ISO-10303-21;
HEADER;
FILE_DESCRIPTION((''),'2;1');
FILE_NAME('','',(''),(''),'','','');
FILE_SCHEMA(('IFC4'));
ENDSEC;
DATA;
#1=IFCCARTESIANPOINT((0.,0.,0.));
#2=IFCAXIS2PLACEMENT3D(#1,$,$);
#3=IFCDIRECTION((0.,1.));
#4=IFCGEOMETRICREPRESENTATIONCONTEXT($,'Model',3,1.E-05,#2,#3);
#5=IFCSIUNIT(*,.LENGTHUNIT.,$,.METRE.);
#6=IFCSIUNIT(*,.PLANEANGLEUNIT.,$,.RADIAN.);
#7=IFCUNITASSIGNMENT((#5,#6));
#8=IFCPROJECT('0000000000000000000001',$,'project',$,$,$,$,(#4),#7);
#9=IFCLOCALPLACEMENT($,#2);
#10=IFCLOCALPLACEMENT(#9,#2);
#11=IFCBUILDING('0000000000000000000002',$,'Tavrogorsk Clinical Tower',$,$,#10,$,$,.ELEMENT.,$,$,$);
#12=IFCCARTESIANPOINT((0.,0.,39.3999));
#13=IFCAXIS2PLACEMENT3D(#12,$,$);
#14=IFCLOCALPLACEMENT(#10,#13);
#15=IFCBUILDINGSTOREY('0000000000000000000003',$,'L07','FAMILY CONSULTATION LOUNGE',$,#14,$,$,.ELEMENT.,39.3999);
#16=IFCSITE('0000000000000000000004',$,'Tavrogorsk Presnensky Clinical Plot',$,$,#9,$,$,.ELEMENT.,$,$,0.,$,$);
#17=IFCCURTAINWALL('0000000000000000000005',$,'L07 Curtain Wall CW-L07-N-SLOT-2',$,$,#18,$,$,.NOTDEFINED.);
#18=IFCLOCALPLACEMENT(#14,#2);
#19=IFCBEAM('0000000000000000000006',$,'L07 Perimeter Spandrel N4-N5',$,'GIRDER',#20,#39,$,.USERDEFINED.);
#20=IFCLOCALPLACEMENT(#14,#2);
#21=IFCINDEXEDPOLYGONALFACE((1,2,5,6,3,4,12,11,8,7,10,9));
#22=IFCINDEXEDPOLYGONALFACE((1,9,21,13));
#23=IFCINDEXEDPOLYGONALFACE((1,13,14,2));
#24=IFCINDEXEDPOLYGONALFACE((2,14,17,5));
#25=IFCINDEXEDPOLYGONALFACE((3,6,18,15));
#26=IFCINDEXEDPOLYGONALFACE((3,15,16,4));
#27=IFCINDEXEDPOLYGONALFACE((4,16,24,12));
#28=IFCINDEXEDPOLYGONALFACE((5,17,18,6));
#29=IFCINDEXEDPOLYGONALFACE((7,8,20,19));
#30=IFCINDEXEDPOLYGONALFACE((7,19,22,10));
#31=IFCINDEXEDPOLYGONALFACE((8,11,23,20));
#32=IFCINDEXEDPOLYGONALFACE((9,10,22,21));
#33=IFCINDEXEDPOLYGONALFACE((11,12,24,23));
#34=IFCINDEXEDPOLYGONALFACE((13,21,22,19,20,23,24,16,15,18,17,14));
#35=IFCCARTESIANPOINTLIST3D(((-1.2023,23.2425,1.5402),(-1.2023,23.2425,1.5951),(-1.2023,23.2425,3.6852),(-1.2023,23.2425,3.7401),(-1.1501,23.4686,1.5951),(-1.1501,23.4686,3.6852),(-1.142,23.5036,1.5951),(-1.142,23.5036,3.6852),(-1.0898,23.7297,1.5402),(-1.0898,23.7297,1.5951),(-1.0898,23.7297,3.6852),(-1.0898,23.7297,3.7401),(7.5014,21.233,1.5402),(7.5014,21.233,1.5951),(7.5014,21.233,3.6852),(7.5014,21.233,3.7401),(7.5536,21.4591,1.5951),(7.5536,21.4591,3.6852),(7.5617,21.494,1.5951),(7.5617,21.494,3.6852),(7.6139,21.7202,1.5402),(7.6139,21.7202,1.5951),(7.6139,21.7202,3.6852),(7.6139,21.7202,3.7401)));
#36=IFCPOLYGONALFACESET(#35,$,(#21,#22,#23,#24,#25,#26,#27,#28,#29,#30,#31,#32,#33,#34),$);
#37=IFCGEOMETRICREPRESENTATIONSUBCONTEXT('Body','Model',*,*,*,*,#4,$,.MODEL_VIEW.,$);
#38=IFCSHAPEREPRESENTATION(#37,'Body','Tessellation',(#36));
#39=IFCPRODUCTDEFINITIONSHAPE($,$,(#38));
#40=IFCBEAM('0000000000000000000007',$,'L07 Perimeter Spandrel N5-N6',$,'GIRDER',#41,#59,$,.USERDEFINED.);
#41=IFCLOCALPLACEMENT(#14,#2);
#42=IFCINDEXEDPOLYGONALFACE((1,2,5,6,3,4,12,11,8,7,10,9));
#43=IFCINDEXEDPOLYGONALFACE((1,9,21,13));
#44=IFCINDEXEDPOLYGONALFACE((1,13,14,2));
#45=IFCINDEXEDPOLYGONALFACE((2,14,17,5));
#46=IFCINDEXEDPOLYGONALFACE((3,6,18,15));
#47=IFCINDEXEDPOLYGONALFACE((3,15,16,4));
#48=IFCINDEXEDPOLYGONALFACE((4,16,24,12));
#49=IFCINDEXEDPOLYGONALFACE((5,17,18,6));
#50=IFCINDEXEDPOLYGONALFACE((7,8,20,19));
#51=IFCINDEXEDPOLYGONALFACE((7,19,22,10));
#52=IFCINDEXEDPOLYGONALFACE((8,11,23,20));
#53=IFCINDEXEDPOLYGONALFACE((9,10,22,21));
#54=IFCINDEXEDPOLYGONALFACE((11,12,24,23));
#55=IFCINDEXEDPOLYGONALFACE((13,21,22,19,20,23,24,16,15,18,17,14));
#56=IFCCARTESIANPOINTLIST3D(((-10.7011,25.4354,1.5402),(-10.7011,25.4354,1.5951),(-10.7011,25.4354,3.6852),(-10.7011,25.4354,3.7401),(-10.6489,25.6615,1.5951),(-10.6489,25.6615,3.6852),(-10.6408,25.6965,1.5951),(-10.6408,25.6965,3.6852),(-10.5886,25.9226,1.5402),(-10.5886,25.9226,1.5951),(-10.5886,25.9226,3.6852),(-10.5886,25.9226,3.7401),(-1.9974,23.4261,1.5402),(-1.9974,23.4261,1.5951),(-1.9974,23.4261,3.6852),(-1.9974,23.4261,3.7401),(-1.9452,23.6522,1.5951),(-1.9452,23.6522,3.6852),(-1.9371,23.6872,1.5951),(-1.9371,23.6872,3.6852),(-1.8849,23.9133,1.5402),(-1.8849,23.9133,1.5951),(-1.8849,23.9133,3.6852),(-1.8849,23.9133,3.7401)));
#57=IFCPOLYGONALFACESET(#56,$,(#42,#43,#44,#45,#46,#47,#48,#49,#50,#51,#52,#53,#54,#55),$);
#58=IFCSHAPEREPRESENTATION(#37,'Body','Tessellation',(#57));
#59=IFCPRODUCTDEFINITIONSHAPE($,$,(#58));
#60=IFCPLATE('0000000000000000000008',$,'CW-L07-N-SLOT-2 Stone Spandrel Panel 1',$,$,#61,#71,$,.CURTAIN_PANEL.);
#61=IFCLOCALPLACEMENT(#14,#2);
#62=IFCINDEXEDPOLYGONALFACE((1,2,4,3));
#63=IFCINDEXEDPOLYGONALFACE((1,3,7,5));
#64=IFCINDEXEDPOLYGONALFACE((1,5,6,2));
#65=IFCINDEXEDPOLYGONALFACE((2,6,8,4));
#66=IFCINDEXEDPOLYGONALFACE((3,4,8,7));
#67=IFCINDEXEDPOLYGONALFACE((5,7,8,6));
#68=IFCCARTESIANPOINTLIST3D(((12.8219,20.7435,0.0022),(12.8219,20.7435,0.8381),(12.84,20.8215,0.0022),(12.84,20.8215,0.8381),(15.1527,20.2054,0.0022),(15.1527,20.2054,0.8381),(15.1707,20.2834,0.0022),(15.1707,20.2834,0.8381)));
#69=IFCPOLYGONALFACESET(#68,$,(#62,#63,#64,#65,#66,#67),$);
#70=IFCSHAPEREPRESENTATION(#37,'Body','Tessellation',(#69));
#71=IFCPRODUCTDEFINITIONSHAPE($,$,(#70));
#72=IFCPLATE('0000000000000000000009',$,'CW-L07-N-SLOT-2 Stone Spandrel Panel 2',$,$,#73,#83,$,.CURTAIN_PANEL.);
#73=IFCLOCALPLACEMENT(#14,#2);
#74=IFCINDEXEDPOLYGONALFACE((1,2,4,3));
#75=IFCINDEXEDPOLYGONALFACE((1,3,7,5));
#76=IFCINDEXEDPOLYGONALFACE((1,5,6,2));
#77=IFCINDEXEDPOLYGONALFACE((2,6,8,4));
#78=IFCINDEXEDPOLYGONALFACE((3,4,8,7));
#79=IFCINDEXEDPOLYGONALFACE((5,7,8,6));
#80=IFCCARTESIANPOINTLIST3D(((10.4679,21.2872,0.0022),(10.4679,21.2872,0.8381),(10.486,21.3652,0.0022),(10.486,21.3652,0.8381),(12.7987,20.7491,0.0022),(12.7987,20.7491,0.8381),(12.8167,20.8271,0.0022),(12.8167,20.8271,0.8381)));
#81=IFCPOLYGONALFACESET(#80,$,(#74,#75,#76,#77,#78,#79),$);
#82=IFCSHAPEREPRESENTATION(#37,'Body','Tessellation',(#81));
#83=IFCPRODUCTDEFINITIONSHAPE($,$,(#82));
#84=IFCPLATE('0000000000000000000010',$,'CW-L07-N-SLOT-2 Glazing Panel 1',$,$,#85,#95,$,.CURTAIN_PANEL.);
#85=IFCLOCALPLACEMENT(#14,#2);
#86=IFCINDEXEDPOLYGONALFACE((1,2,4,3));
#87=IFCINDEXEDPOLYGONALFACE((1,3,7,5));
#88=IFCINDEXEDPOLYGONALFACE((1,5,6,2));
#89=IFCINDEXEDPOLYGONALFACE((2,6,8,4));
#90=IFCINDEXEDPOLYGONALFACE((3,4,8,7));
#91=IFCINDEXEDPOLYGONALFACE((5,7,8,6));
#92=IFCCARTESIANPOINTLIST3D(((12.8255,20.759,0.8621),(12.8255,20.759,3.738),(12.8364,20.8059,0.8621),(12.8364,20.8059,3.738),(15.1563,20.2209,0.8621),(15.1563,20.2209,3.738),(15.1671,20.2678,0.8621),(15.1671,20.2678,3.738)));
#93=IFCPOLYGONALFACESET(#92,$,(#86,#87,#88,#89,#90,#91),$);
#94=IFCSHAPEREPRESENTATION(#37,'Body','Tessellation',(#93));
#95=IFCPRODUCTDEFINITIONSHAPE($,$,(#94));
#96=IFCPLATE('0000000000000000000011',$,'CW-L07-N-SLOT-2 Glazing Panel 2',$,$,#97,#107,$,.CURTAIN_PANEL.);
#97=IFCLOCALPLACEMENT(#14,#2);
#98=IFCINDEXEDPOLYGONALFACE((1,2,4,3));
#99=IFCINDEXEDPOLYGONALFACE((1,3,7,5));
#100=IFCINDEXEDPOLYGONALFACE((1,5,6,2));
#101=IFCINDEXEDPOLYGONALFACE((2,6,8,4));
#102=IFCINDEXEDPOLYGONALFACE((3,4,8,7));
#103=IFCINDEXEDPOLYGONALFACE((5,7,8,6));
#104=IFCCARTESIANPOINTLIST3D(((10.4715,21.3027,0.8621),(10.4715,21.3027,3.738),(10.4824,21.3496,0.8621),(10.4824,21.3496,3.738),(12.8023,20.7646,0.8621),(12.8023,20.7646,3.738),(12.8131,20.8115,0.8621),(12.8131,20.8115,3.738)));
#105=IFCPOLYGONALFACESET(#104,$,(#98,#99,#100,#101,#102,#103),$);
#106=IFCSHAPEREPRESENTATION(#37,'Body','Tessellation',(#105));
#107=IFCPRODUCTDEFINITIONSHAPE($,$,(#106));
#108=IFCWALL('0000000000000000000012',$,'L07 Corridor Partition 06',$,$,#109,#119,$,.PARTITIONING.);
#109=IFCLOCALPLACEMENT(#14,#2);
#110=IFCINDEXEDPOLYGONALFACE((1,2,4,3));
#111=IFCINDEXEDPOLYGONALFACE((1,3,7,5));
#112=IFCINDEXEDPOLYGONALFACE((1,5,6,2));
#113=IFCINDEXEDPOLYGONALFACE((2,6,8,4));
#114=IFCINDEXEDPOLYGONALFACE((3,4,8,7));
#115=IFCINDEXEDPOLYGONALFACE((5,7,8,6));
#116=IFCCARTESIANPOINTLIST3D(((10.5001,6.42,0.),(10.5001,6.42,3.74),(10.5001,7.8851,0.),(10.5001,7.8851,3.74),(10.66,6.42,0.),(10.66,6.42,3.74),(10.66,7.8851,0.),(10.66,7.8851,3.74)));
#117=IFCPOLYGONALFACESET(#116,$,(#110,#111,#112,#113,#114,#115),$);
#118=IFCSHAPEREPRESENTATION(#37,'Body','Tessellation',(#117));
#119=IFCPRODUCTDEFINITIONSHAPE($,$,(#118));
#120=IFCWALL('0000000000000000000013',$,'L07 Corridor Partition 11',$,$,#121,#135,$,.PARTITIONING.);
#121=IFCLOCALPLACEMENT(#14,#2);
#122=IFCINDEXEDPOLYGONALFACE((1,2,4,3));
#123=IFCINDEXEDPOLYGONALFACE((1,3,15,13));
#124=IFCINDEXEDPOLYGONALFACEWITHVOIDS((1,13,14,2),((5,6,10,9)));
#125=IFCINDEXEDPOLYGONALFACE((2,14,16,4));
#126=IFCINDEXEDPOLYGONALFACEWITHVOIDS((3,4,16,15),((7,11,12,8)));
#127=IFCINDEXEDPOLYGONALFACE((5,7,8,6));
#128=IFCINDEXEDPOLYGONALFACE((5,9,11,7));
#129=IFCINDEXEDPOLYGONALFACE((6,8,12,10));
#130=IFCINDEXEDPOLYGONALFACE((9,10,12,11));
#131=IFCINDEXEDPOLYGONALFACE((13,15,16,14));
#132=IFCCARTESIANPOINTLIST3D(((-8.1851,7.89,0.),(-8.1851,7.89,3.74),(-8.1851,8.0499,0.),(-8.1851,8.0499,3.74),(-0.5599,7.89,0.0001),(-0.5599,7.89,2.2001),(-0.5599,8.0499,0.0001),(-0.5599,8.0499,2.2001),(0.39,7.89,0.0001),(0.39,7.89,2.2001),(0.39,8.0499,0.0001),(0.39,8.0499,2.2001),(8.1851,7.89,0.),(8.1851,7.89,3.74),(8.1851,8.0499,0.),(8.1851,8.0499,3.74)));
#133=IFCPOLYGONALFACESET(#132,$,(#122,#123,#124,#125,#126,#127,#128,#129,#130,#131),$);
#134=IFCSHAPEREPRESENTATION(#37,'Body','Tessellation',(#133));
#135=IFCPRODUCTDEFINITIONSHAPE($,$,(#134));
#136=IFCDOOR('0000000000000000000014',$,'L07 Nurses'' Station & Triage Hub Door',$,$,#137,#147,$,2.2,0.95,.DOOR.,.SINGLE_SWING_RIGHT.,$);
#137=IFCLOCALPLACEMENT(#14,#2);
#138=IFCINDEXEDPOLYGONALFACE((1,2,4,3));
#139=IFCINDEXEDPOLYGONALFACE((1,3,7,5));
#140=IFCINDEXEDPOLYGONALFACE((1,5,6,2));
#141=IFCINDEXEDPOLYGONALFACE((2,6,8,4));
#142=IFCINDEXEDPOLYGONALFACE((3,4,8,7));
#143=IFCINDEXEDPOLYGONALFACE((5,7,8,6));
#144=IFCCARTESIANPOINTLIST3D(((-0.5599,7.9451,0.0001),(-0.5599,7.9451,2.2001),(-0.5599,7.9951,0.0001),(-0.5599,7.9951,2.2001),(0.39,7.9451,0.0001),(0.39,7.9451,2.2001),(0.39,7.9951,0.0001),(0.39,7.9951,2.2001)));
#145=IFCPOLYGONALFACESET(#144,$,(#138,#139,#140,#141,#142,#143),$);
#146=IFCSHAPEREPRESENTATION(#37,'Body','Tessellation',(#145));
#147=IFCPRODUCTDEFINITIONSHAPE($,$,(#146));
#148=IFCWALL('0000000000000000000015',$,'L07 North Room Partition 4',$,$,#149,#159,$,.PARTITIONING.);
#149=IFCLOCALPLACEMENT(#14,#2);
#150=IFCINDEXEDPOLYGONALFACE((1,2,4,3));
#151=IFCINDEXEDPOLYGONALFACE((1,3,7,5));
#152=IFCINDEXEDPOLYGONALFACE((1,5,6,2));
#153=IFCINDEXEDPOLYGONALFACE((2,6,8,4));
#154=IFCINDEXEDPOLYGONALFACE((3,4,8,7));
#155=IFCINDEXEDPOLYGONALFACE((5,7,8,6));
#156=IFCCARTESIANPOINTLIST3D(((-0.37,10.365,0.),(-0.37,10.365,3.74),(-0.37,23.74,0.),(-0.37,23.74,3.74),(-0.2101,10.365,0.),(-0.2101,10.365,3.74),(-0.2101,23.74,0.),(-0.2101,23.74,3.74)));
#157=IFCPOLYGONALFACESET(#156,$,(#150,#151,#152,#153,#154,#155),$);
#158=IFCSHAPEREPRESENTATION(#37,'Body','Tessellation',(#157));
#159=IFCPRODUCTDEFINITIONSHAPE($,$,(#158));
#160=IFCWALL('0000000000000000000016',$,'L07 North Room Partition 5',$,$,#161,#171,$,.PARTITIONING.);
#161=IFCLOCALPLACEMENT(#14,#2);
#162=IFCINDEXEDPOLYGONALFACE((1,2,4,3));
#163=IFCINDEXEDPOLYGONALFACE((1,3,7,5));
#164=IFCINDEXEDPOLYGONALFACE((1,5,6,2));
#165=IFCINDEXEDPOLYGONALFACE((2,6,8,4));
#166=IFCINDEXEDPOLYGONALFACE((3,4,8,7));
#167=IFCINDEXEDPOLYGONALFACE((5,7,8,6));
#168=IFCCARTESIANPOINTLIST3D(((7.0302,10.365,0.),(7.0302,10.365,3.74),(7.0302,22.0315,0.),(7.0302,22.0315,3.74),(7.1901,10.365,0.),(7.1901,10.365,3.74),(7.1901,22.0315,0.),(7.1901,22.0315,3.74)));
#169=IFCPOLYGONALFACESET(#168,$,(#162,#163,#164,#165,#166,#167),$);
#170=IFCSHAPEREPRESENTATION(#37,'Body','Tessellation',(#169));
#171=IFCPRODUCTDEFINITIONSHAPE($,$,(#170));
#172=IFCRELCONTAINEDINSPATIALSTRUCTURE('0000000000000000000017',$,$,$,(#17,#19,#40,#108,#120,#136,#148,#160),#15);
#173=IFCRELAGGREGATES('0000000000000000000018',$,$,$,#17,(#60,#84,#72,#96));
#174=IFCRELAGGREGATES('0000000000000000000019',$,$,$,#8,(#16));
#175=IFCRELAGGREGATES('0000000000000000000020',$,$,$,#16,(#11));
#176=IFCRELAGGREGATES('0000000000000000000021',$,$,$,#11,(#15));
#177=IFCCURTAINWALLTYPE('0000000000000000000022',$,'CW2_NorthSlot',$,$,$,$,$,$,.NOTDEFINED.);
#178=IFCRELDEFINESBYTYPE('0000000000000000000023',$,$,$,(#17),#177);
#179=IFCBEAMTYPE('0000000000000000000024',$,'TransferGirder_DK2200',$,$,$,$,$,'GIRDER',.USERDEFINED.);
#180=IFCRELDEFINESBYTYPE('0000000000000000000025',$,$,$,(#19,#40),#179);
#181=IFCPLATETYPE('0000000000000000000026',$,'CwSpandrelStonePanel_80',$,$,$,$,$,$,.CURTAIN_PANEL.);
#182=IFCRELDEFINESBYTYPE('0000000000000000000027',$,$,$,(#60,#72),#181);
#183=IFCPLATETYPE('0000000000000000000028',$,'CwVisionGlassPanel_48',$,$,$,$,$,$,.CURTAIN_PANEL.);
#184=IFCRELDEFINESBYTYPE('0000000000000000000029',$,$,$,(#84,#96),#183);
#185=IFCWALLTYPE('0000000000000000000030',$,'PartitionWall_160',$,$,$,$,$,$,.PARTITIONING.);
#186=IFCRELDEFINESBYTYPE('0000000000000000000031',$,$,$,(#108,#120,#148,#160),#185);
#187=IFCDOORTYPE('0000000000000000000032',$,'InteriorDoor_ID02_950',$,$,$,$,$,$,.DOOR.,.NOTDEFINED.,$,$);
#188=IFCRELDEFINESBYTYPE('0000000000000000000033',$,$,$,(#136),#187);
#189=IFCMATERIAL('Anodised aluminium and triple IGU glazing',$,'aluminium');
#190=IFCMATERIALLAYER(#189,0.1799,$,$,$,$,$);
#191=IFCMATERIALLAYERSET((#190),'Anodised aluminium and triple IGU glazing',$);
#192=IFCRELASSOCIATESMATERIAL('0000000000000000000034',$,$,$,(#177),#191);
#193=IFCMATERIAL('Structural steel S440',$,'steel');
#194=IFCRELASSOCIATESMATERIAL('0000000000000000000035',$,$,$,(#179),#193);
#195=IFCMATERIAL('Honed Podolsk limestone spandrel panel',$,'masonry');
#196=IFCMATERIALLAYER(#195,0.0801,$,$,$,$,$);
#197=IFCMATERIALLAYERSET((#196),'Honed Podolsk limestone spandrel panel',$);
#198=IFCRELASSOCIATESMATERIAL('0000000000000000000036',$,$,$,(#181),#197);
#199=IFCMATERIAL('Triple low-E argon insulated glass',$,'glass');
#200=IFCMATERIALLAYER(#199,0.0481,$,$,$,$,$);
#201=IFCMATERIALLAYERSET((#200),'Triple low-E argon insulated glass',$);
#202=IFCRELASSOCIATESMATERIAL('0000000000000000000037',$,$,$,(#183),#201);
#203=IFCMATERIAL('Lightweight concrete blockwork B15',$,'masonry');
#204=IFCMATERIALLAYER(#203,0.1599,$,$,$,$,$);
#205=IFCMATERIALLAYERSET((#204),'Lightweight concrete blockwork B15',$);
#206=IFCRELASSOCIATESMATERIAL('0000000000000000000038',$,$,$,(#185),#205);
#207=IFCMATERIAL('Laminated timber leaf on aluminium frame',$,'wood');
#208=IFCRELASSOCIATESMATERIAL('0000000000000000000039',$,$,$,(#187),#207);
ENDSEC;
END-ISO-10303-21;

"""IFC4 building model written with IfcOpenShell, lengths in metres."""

from ifc_helpers import new_model, si_unit, direction, frame, frame_2d, origin, origin_2d, place, context, subcontext, project, spatial, rectangle, i_section, extrude, material, layer, layer_set, material_profile, profile_set, type_object, element, fill, aggregate, save


model = new_model("IFC4")

# Units and contexts
model_context = context("Model", 3, precision=1e-05, world=origin(), true_north=direction((0.0, 1.0)))
body_context = subcontext(model_context, "Body", "Model", "MODEL_VIEW")
ifc_project = project(units=[si_unit("LENGTHUNIT", "METRE"), si_unit("PLANEANGLEUNIT", "RADIAN")], contexts=[model_context])

# Site, building, storey
site_placement = place(None, origin())
site = spatial("IfcSite", under=ifc_project, at=site_placement, Name="Tavrogorsk Presnensky Clinical Plot", CompositionType="ELEMENT", RefElevation=0.0)
building_placement = place(site_placement, origin())
building = spatial("IfcBuilding", under=site, at=building_placement, Name="Tavrogorsk Clinical Tower", CompositionType="ELEMENT")
storey_placement = place(building_placement, frame((0.0, 0.0, 39.3999)))
storey = spatial("IfcBuildingStorey", under=building, at=storey_placement, Name="L07", Description="FAMILY CONSULTATION LOUNGE", CompositionType="ELEMENT", Elevation=39.3999)

# Curtain wall
ifc_material_1 = material(Name="Anodised aluminium and triple IGU glazing", Category="aluminium")
ifc_layer_1 = layer(ifc_material_1, 0.1799)
ifc_layer_set_1 = layer_set([ifc_layer_1], Name="Anodised aluminium and triple IGU glazing")
curtain_wall_type = type_object("IfcCurtainWallType", Name="CW2_NorthSlot", PredefinedType="NOTDEFINED", material=ifc_layer_set_1)
curtain_wall_placement = place(storey_placement, origin())
curtain_wall = element("IfcCurtainWall", 1, at=curtain_wall_placement, inside=storey, type_object=curtain_wall_type, Name="L07 Curtain Wall CW-L07-N-SLOT-2", PredefinedType="NOTDEFINED")

# Beams
ifc_material_2 = material(Name="Structural steel S440", Category="steel")
ifc_material_profile_1 = material_profile(ifc_material_2, i_section(OverallWidth=0.5, OverallDepth=2.2, WebThickness=0.0359, FlangeThickness=0.0549, at=origin_2d()), Name="DK-2200x500x36x55")
ifc_profile_set_1 = profile_set([ifc_material_profile_1], Name="Structural steel S440")
beam_type_1 = type_object("IfcBeamType", Name="TransferGirder_DK2200", ElementType="GIRDER", PredefinedType="USERDEFINED", material=ifc_profile_set_1)
for number, where, z_axis, x_axis, name in (
    (2, (7.5576, 21.4766, 2.6401), (-0.974367, 0.224965, 0.0), (-0.224965, -0.974367, 0.0), "L07 Perimeter Spandrel N4-N5"),
    (3, (-1.9412, 23.6697, 2.6401), (-0.974373, 0.224939, 0.0), (-0.224939, -0.974373, 0.0), "L07 Perimeter Spandrel N5-N6"),
):
    element("IfcBeam", number, at=place(storey_placement, frame(where, z_axis=z_axis, x_axis=x_axis)), inside=storey, type_object=beam_type_1, Name=name, ObjectType="GIRDER", PredefinedType="USERDEFINED", context=body_context, shape_type="SweptSolid", body=[
        extrude(i_section(OverallWidth=0.5, OverallDepth=2.2, WebThickness=0.0359, FlangeThickness=0.0549, at=origin_2d()), origin(), (0.0, 0.0, 1.0), 8.9326),
    ])

# Plates
ifc_material_3 = material(Name="Honed Podolsk limestone spandrel panel", Category="masonry")
ifc_layer_2 = layer(ifc_material_3, 0.0801)
ifc_layer_set_2 = layer_set([ifc_layer_2], Name="Honed Podolsk limestone spandrel panel")
plate_type_1 = type_object("IfcPlateType", Name="CwSpandrelStonePanel_80", PredefinedType="CURTAIN_PANEL", material=ifc_layer_set_2)
plate_1_placement = place(storey_placement, frame((13.9963, 20.5134, 0.0022), z_axis=(0.0, 0.0, 1.0), x_axis=(-0.97437, 0.224951, 0.0)))
plate_1 = element("IfcPlate", 4, at=plate_1_placement, type_object=plate_type_1, Name="CW-L07-N-SLOT-2 Stone Spandrel Panel 1", PredefinedType="CURTAIN_PANEL", context=body_context, shape_type="SweptSolid", body=[
    extrude(rectangle(XDim=2.3921, YDim=0.0801, at=origin_2d()), origin(), (0.0, 0.0, 1.0), 0.8359),
])
plate_2_placement = place(storey_placement, frame((11.6423, 21.0571, 0.0022), z_axis=(0.0, 0.0, 1.0), x_axis=(-0.97437, 0.224951, 0.0)))
plate_2 = element("IfcPlate", 5, at=plate_2_placement, type_object=plate_type_1, Name="CW-L07-N-SLOT-2 Stone Spandrel Panel 2", PredefinedType="CURTAIN_PANEL", context=body_context, shape_type="SweptSolid", body=[
    extrude(rectangle(XDim=2.3921, YDim=0.0801, at=origin_2d()), origin(), (0.0, 0.0, 1.0), 0.8359),
])
ifc_material_4 = material(Name="Triple low-E argon insulated glass", Category="glass")
ifc_layer_3 = layer(ifc_material_4, 0.0481)
ifc_layer_set_3 = layer_set([ifc_layer_3], Name="Triple low-E argon insulated glass")
plate_type_2 = type_object("IfcPlateType", Name="CwVisionGlassPanel_48", PredefinedType="CURTAIN_PANEL", material=ifc_layer_set_3)
plate_3_placement = place(storey_placement, frame((13.9963, 20.5134, 0.8621), z_axis=(0.0, 0.0, 1.0), x_axis=(-0.97437, 0.224951, 0.0)))
plate_3 = element("IfcPlate", 6, at=plate_3_placement, type_object=plate_type_2, Name="CW-L07-N-SLOT-2 Glazing Panel 1", PredefinedType="CURTAIN_PANEL", context=body_context, shape_type="SweptSolid", body=[
    extrude(rectangle(XDim=2.3921, YDim=0.0481, at=origin_2d()), origin(), (0.0, 0.0, 1.0), 2.876),
])
plate_4_placement = place(storey_placement, frame((11.6423, 21.0571, 0.8621), z_axis=(0.0, 0.0, 1.0), x_axis=(-0.97437, 0.224951, 0.0)))
plate_4 = element("IfcPlate", 7, at=plate_4_placement, type_object=plate_type_2, Name="CW-L07-N-SLOT-2 Glazing Panel 2", PredefinedType="CURTAIN_PANEL", context=body_context, shape_type="SweptSolid", body=[
    extrude(rectangle(XDim=2.3921, YDim=0.0481, at=origin_2d()), origin(), (0.0, 0.0, 1.0), 2.876),
])
aggregate(curtain_wall, [plate_1, plate_3, plate_2, plate_4])

# Wall
ifc_material_5 = material(Name="Lightweight concrete blockwork B15", Category="masonry")
ifc_layer_4 = layer(ifc_material_5, 0.1599)
ifc_layer_set_4 = layer_set([ifc_layer_4], Name="Lightweight concrete blockwork B15")
wall_type_1 = type_object("IfcWallType", Name="PartitionWall_160", PredefinedType="PARTITIONING", material=ifc_layer_set_4)
wall_1_placement = place(storey_placement, frame((10.5801, 7.885, 0.0), z_axis=(0.0, 0.0, 1.0), x_axis=(0.0, -1.0, 0.0)))
element("IfcWall", 8, at=wall_1_placement, inside=storey, type_object=wall_type_1, Name="L07 Corridor Partition 06", PredefinedType="PARTITIONING", context=body_context, shape_type="SweptSolid", body=[
    extrude(rectangle(XDim=1.4651, YDim=0.1599, at=frame_2d((0.7324, 0.0))), origin(), (0.0, 0.0, 1.0), 3.74),
])

# Wall, opening, door
wall_2_placement = place(storey_placement, frame((8.1851, 7.97, 0.0), z_axis=(0.0, 0.0, 1.0), x_axis=(-1.0, 0.0, 0.0)))
wall_2 = element("IfcWall", 9, at=wall_2_placement, inside=storey, type_object=wall_type_1, Name="L07 Corridor Partition 11", PredefinedType="PARTITIONING", context=body_context, shape_type="SweptSolid", body=[
    extrude(rectangle(XDim=16.3701, YDim=0.1599, at=frame_2d((8.1851, 0.0))), origin(), (0.0, 0.0, 1.0), 3.74),
])
opening_1_placement = place(wall_2_placement, frame((7.7949, 0.0, 0.0)))
opening_1 = element("IfcOpeningElement", 10, at=opening_1_placement, cuts=wall_2, PredefinedType="OPENING", context=body_context, shape_type="SweptSolid", body=[
    extrude(rectangle(XDim=0.95, YDim=2.2, at=frame_2d((0.4751, 1.1001))), frame((0.0, 0.0898, 0.0), z_axis=(0.0, -1.0, 0.0), x_axis=(1.0, 0.0, 0.0)), (0.0, 0.0, 1.0), 0.1799),
])
ifc_material_6 = material(Name="Laminated timber leaf on aluminium frame", Category="wood")
door_type_1 = type_object("IfcDoorType", Name="InteriorDoor_ID02_950", OperationType="NOTDEFINED", PredefinedType="DOOR", material=ifc_material_6)
door_1_placement = place(opening_1_placement, origin())
door_1 = element("IfcDoor", 11, at=door_1_placement, inside=storey, type_object=door_type_1, Name="L07 Nurses' Station & Triage Hub Door", OperationType="SINGLE_SWING_RIGHT", OverallHeight=2.2, OverallWidth=0.95, PredefinedType="DOOR", context=body_context, shape_type="SweptSolid", body=[
    extrude(rectangle(XDim=0.95, YDim=2.2, at=frame_2d((0.4751, 1.1001))), frame((0.0, 0.0249, 0.0), z_axis=(0.0, -1.0, 0.0), x_axis=(1.0, 0.0, 0.0)), (0.0, 0.0, 1.0), 0.05),
])
fill(opening_1, door_1)

# Walls
wall_3_placement = place(storey_placement, frame((-0.29, 10.365, 0.0), z_axis=(0.0, 0.0, 1.0), x_axis=(0.0, 1.0, 0.0)))
element("IfcWall", 12, at=wall_3_placement, inside=storey, type_object=wall_type_1, Name="L07 North Room Partition 4", PredefinedType="PARTITIONING", context=body_context, shape_type="SweptSolid", body=[
    extrude(rectangle(XDim=13.375, YDim=0.1599, at=frame_2d((6.6875, 0.0))), origin(), (0.0, 0.0, 1.0), 3.74),
])
wall_4_placement = place(storey_placement, frame((7.1101, 10.365, 0.0), z_axis=(0.0, 0.0, 1.0), x_axis=(0.0, 1.0, 0.0)))
element("IfcWall", 13, at=wall_4_placement, inside=storey, type_object=wall_type_1, Name="L07 North Room Partition 5", PredefinedType="PARTITIONING", context=body_context, shape_type="SweptSolid", body=[
    extrude(rectangle(XDim=11.6665, YDim=0.1599, at=frame_2d((5.8333, 0.0))), origin(), (0.0, 0.0, 1.0), 3.74),
])

save(model, "model.ifc")
